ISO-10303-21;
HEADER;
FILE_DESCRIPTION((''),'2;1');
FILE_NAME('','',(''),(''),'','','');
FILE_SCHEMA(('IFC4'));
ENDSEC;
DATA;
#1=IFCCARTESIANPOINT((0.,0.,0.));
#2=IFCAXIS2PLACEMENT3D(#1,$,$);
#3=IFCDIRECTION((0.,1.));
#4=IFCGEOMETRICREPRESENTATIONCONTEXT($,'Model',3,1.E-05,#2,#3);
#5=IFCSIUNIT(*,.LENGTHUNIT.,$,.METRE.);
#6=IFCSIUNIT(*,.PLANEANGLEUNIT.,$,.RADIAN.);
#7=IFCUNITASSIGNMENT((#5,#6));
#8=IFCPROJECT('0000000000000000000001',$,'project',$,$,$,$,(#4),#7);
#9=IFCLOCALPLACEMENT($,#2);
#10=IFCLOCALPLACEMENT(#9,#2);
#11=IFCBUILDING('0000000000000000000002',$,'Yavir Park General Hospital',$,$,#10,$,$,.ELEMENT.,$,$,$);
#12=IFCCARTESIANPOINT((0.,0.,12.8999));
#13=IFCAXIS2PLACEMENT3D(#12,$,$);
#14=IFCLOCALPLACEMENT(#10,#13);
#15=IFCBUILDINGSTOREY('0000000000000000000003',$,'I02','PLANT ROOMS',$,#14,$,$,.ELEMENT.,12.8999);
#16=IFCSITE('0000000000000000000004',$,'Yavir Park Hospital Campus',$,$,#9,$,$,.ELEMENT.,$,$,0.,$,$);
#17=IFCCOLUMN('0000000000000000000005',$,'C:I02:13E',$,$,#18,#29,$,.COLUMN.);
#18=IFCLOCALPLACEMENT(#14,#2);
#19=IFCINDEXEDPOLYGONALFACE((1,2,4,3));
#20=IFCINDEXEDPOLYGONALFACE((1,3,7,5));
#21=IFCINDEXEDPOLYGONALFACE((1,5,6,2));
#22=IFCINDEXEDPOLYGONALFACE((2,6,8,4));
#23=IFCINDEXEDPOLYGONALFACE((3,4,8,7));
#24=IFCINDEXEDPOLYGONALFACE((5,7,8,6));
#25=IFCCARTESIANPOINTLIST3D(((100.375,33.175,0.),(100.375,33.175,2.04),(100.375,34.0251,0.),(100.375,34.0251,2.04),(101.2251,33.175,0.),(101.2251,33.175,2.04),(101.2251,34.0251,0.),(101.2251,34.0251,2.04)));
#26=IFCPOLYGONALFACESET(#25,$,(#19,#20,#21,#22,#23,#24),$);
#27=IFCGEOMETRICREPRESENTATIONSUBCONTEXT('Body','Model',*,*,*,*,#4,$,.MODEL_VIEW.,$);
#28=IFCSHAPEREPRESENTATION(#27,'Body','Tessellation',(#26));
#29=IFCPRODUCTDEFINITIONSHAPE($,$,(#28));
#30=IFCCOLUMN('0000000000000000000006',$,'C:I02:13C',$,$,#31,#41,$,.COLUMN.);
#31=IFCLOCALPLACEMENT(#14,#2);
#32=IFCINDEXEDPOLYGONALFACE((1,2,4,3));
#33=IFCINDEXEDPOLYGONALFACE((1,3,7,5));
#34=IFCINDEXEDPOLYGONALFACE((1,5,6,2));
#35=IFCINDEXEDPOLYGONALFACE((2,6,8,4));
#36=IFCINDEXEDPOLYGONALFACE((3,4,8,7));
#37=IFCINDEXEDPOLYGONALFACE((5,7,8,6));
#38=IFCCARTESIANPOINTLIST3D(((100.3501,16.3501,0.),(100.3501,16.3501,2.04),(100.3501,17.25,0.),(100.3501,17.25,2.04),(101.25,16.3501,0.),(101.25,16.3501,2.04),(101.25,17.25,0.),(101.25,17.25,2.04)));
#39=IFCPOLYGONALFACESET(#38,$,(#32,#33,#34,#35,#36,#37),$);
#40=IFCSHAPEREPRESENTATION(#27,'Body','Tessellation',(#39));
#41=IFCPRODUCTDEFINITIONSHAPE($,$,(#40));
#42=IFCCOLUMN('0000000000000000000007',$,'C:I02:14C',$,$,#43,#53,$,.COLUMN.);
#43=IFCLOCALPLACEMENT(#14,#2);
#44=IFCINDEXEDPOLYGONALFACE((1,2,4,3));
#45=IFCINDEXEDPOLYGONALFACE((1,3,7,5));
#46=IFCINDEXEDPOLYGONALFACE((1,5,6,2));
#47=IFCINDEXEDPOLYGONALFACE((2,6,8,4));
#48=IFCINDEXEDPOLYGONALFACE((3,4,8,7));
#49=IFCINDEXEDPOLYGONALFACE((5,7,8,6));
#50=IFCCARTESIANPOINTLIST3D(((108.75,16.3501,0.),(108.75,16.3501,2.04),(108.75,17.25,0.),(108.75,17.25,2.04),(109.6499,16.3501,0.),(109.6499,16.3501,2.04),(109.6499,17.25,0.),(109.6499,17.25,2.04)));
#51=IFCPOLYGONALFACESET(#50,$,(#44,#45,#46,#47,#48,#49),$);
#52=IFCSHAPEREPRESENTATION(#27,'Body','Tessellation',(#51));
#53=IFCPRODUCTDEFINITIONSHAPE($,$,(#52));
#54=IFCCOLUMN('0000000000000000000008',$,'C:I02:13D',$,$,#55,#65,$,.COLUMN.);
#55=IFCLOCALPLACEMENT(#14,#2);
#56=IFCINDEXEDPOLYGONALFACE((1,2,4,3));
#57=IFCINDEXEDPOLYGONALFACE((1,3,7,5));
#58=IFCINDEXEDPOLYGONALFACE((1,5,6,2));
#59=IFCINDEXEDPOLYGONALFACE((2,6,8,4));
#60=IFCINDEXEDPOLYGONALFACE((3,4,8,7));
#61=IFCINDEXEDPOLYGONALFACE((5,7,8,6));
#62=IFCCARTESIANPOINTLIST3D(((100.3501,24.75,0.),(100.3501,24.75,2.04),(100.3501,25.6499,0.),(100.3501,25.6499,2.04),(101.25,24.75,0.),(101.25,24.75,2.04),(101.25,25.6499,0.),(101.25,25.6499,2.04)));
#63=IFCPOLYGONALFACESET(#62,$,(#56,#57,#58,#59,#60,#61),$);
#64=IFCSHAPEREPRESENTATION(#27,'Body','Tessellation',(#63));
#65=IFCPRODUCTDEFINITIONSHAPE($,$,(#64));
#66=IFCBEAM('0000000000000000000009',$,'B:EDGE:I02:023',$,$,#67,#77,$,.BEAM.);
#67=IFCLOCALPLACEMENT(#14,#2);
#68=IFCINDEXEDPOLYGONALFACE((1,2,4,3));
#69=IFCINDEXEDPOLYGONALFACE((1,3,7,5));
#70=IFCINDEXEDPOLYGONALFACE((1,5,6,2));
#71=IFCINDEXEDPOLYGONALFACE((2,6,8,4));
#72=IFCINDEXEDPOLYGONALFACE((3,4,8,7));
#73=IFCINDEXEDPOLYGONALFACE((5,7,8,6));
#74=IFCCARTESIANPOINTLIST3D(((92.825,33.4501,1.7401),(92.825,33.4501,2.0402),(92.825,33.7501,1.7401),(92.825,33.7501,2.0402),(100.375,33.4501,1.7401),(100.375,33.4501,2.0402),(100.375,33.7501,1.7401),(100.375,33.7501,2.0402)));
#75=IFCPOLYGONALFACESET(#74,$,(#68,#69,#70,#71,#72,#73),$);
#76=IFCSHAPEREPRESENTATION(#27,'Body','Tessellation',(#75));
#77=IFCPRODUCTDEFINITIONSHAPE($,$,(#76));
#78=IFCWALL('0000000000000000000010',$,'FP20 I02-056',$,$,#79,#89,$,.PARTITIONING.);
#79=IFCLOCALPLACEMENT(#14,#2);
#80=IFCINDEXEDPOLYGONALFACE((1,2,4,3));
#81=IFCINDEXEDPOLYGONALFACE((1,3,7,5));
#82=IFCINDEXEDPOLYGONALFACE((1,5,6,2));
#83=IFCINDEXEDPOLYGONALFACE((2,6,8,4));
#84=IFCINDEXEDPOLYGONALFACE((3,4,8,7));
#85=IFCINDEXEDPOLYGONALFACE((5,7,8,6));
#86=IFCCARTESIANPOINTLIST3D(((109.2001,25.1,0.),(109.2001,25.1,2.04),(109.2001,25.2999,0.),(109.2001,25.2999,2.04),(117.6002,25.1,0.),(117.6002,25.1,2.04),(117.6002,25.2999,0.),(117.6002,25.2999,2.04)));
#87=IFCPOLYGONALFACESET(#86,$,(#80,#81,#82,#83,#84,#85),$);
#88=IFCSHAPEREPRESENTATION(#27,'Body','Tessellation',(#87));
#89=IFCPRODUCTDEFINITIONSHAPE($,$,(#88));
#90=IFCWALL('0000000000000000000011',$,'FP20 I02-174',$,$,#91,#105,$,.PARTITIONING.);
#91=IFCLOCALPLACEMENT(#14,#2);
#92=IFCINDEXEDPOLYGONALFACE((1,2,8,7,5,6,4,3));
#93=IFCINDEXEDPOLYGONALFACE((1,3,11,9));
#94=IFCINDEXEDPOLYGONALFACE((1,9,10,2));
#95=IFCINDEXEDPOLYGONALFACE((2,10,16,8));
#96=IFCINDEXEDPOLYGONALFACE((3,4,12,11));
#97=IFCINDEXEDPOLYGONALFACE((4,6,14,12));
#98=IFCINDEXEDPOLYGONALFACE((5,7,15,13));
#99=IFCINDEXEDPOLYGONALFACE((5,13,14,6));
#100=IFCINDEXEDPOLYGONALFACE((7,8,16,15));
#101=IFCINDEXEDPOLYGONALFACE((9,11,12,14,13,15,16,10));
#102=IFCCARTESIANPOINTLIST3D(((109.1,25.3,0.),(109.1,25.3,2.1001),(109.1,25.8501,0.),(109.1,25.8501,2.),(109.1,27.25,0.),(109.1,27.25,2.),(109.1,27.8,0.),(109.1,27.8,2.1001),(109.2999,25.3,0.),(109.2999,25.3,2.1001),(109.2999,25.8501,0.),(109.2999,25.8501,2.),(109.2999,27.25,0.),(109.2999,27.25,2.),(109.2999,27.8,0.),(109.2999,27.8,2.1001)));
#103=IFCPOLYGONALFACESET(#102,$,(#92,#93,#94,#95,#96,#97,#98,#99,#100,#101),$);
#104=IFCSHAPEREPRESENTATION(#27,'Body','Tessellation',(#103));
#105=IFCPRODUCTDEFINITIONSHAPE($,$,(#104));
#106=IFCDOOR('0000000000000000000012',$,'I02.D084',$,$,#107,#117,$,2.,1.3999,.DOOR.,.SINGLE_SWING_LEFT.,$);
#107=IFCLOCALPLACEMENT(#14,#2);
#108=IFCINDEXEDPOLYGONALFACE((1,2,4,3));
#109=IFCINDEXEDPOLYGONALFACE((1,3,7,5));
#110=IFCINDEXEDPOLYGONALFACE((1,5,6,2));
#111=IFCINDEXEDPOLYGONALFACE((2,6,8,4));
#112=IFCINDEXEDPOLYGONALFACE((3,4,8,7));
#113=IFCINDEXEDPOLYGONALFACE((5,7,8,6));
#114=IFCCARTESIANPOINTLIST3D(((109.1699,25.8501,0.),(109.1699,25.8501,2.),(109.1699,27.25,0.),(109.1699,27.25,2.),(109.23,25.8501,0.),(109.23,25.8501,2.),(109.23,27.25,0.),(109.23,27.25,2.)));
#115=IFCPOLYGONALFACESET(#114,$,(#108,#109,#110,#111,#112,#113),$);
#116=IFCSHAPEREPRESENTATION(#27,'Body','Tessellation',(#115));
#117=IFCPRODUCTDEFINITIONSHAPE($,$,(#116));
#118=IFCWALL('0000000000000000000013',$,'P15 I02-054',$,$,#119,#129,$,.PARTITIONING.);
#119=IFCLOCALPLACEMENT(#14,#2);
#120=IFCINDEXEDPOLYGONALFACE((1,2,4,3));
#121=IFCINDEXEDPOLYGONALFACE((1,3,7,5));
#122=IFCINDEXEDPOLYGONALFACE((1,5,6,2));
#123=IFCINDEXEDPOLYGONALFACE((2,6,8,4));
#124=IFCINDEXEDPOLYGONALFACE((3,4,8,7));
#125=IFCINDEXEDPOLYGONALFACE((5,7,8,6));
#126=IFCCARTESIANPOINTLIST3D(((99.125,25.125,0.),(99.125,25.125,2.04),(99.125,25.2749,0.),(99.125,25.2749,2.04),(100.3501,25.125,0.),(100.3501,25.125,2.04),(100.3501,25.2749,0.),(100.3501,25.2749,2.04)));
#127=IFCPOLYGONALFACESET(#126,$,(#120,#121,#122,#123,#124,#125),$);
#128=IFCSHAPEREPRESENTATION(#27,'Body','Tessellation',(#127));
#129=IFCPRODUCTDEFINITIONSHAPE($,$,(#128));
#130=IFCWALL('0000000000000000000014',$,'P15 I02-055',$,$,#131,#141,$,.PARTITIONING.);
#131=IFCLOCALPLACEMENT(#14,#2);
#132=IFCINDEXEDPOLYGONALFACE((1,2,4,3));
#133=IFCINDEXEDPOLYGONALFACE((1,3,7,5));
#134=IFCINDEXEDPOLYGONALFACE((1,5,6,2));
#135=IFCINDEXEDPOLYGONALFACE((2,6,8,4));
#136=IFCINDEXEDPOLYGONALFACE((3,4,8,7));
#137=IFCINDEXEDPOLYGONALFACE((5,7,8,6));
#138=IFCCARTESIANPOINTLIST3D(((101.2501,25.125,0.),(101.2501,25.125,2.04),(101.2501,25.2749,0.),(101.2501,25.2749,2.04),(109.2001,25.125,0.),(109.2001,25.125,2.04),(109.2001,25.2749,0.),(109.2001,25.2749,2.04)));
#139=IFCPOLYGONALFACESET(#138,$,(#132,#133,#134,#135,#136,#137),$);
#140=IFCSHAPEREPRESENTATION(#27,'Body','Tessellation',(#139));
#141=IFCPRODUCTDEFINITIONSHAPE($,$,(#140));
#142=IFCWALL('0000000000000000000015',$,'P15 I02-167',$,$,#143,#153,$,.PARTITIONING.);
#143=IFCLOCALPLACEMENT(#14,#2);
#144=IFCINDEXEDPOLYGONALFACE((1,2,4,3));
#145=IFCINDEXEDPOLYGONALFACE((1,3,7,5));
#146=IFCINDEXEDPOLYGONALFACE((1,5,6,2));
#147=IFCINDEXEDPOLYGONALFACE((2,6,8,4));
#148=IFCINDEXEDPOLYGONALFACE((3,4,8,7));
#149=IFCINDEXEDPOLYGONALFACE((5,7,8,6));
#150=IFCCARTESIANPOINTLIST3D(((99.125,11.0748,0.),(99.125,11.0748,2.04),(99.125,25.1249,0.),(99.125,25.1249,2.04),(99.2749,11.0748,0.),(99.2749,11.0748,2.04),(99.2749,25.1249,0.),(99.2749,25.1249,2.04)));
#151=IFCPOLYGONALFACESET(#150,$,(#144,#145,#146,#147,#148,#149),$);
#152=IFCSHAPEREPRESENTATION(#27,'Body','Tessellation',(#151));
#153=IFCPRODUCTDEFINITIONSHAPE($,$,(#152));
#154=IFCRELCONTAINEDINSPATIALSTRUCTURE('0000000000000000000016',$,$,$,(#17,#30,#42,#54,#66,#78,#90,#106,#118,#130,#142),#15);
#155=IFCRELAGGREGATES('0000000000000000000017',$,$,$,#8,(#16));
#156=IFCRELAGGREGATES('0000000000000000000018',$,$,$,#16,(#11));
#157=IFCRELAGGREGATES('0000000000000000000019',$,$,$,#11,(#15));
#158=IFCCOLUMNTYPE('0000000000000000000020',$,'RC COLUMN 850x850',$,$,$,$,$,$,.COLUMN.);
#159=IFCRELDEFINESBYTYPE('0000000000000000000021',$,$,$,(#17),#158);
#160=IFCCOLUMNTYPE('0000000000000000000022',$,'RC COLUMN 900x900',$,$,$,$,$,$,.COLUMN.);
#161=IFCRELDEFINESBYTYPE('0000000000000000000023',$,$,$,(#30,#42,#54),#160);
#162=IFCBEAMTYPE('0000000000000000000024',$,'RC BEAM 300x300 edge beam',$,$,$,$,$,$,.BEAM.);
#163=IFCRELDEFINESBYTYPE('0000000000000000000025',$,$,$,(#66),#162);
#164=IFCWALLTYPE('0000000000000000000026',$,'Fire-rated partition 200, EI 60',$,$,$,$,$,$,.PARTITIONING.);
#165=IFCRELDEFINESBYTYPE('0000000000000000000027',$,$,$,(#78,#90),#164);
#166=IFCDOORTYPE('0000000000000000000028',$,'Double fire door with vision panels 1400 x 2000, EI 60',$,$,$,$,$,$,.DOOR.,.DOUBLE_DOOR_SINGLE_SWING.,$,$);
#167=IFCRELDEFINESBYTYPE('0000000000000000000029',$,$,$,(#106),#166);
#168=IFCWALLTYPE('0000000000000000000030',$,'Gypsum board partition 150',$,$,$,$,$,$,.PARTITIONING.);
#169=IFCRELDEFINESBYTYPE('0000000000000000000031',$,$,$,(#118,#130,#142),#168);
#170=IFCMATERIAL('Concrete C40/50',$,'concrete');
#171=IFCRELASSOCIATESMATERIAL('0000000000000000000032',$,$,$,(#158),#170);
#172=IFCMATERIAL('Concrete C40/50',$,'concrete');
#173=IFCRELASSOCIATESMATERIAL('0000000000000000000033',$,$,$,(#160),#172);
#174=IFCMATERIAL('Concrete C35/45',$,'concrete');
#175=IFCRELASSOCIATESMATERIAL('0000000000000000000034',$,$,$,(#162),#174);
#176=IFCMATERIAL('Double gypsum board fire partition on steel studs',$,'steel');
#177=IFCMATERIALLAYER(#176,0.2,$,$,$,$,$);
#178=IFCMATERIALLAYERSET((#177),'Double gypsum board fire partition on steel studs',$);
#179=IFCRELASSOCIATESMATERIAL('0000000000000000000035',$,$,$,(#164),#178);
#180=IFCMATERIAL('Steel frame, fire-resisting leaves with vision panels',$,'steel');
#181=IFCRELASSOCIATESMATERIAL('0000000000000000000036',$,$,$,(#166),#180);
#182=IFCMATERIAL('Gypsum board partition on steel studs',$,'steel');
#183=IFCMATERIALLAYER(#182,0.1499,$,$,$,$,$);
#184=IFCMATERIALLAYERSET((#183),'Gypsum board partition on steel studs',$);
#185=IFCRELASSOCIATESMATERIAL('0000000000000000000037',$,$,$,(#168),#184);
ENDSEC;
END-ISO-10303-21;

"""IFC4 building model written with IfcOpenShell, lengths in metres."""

from ifc_helpers import new_model, si_unit, direction, frame, frame_2d, origin, origin_2d, place, context, subcontext, project, spatial, rectangle, extrude, material, layer, layer_set, material_profile, profile_set, type_object, element, fill, save


model = new_model("IFC4")

# Units and contexts
model_context = context("Model", 3, precision=1e-05, world=origin(), true_north=direction((0.0, 1.0)))
body_context = subcontext(model_context, "Body", "Model", "MODEL_VIEW")
ifc_project = project(units=[si_unit("LENGTHUNIT", "METRE"), si_unit("PLANEANGLEUNIT", "RADIAN")], contexts=[model_context])

# Site, building, storey
site_placement = place(None, origin())
site = spatial("IfcSite", under=ifc_project, at=site_placement, Name="Yavir Park Hospital Campus", CompositionType="ELEMENT", RefElevation=0.0)
building_placement = place(site_placement, origin())
building = spatial("IfcBuilding", under=site, at=building_placement, Name="Yavir Park General Hospital", CompositionType="ELEMENT")
storey_placement = place(building_placement, frame((0.0, 0.0, 12.8999)))
storey = spatial("IfcBuildingStorey", under=building, at=storey_placement, Name="I02", Description="PLANT ROOMS", CompositionType="ELEMENT", Elevation=12.8999)

# Columns
ifc_material_1 = material(Name="Concrete C40/50", Category="concrete")
ifc_material_profile_1 = material_profile(ifc_material_1, rectangle(XDim=0.8501, YDim=0.8501, at=origin_2d()), Name="RC850x850")
ifc_profile_set_1 = profile_set([ifc_material_profile_1], Name="Concrete C40/50")
column_type_1 = type_object("IfcColumnType", Name="RC COLUMN 850x850", PredefinedType="COLUMN", material=ifc_profile_set_1)
column_placement = place(storey_placement, frame((100.8, 33.6001, 0.0), z_axis=(0.0, 0.0, 1.0), x_axis=(1.0, 0.0, 0.0)))
element("IfcColumn", 1, at=column_placement, inside=storey, type_object=column_type_1, Name="C:I02:13E", PredefinedType="COLUMN", context=body_context, shape_type="SweptSolid", body=[
    extrude(rectangle(XDim=0.8501, YDim=0.8501, at=origin_2d()), origin(), (0.0, 0.0, 1.0), 2.04),
])
ifc_material_2 = material(Name="Concrete C40/50", Category="concrete")
ifc_material_profile_2 = material_profile(ifc_material_2, rectangle(XDim=0.8999, YDim=0.8999, at=origin_2d()), Name="RC900x900")
ifc_profile_set_2 = profile_set([ifc_material_profile_2], Name="Concrete C40/50")
column_type_2 = type_object("IfcColumnType", Name="RC COLUMN 900x900", PredefinedType="COLUMN", material=ifc_profile_set_2)
for number, where, z_axis, x_axis, name in (
    (2, (100.8, 16.8, 0.0), (0.0, 0.0, 1.0), (1.0, 0.0, 0.0), "C:I02:13C"),
    (3, (109.2, 16.8, 0.0), (0.0, 0.0, 1.0), (1.0, 0.0, 0.0), "C:I02:14C"),
    (4, (100.8, 25.2, 0.0), (0.0, 0.0, 1.0), (1.0, 0.0, 0.0), "C:I02:13D"),
):
    element("IfcColumn", number, at=place(storey_placement, frame(where, z_axis=z_axis, x_axis=x_axis)), inside=storey, type_object=column_type_2, Name=name, PredefinedType="COLUMN", context=body_context, shape_type="SweptSolid", body=[
        extrude(rectangle(XDim=0.8999, YDim=0.8999, at=origin_2d()), origin(), (0.0, 0.0, 1.0), 2.04),
    ])

# Beam
ifc_material_3 = material(Name="Concrete C35/45", Category="concrete")
ifc_material_profile_3 = material_profile(ifc_material_3, rectangle(XDim=0.3, YDim=0.3, at=origin_2d()), Name="RC300x300")
ifc_profile_set_3 = profile_set([ifc_material_profile_3], Name="Concrete C35/45")
beam_type = type_object("IfcBeamType", Name="RC BEAM 300x300 edge beam", PredefinedType="BEAM", material=ifc_profile_set_3)
beam_placement = place(storey_placement, frame((92.825, 33.6001, 1.8901), z_axis=(1.0, 0.0, 0.0), x_axis=(0.0, 1.0, 0.0)))
element("IfcBeam", 5, at=beam_placement, inside=storey, type_object=beam_type, Name="B:EDGE:I02:023", PredefinedType="BEAM", context=body_context, shape_type="SweptSolid", body=[
    extrude(rectangle(XDim=0.3, YDim=0.3, at=origin_2d()), origin(), (0.0, 0.0, 1.0), 7.55),
])

# Wall
ifc_material_4 = material(Name="Double gypsum board fire partition on steel studs", Category="steel")
ifc_layer_1 = layer(ifc_material_4, 0.2)
ifc_layer_set_1 = layer_set([ifc_layer_1], Name="Double gypsum board fire partition on steel studs")
wall_type_1 = type_object("IfcWallType", Name="Fire-rated partition 200, EI 60", PredefinedType="PARTITIONING", material=ifc_layer_set_1)
wall_1_placement = place(storey_placement, frame((109.2, 25.2, 0.0), z_axis=(0.0, 0.0, 1.0), x_axis=(1.0, 0.0, 0.0)))
element("IfcWall", 6, at=wall_1_placement, inside=storey, type_object=wall_type_1, Name="FP20 I02-056", PredefinedType="PARTITIONING", context=body_context, shape_type="SweptSolid", body=[
    extrude(rectangle(XDim=8.4001, YDim=0.2, at=frame_2d((4.2002, 0.0))), origin(), (0.0, 0.0, 1.0), 2.04),
])

# Wall, opening, door
wall_2_placement = place(storey_placement, frame((109.2, 25.3, 0.0), z_axis=(0.0, 0.0, 1.0), x_axis=(0.0, 1.0, 0.0)))
wall_2 = element("IfcWall", 7, at=wall_2_placement, inside=storey, type_object=wall_type_1, Name="FP20 I02-174", PredefinedType="PARTITIONING", context=body_context, shape_type="SweptSolid", body=[
    extrude(rectangle(XDim=2.5, YDim=0.2, at=frame_2d((1.25, 0.0))), origin(), (0.0, 0.0, 1.0), 2.1001),
])
opening_1_placement = place(wall_2_placement, frame((0.55, 0.0, 0.0)))
opening_1 = element("IfcOpeningElement", 8, at=opening_1_placement, cuts=wall_2, PredefinedType="OPENING", context=body_context, shape_type="SweptSolid", body=[
    extrude(rectangle(XDim=1.3999, YDim=2.0, at=frame_2d((0.7, 1.0))), frame((0.0, 0.1099, 0.0), z_axis=(0.0, -1.0, 0.0), x_axis=(1.0, 0.0, 0.0)), (0.0, 0.0, 1.0), 0.22),
])
ifc_material_5 = material(Name="Steel frame, fire-resisting leaves with vision panels", Category="steel")
door_type_1 = type_object("IfcDoorType", Name="Double fire door with vision panels 1400 x 2000, EI 60", OperationType="DOUBLE_DOOR_SINGLE_SWING", PredefinedType="DOOR", material=ifc_material_5)
door_1_placement = place(opening_1_placement, origin())
door_1 = element("IfcDoor", 9, at=door_1_placement, inside=storey, type_object=door_type_1, Name="I02.D084", OperationType="SINGLE_SWING_LEFT", OverallHeight=2.0, OverallWidth=1.3999, PredefinedType="DOOR", context=body_context, shape_type="SweptSolid", body=[
    extrude(rectangle(XDim=1.3999, YDim=2.0, at=frame_2d((0.7, 1.0))), frame((0.0, 0.03, 0.0), z_axis=(0.0, -1.0, 0.0), x_axis=(1.0, 0.0, 0.0)), (0.0, 0.0, 1.0), 0.0601),
])
fill(opening_1, door_1)

# Walls
ifc_material_6 = material(Name="Gypsum board partition on steel studs", Category="steel")
ifc_layer_2 = layer(ifc_material_6, 0.1499)
ifc_layer_set_2 = layer_set([ifc_layer_2], Name="Gypsum board partition on steel studs")
wall_type_2 = type_object("IfcWallType", Name="Gypsum board partition 150", PredefinedType="PARTITIONING", material=ifc_layer_set_2)
wall_3_placement = place(storey_placement, frame((99.125, 25.2, 0.0), z_axis=(0.0, 0.0, 1.0), x_axis=(1.0, 0.0, 0.0)))
element("IfcWall", 10, at=wall_3_placement, inside=storey, type_object=wall_type_2, Name="P15 I02-054", PredefinedType="PARTITIONING", context=body_context, shape_type="SweptSolid", body=[
    extrude(rectangle(XDim=1.2251, YDim=0.1499, at=frame_2d((0.6125, 0.0))), origin(), (0.0, 0.0, 1.0), 2.04),
])
wall_4_placement = place(storey_placement, frame((101.25, 25.2, 0.0), z_axis=(0.0, 0.0, 1.0), x_axis=(1.0, 0.0, 0.0)))
element("IfcWall", 11, at=wall_4_placement, inside=storey, type_object=wall_type_2, Name="P15 I02-055", PredefinedType="PARTITIONING", context=body_context, shape_type="SweptSolid", body=[
    extrude(rectangle(XDim=7.95, YDim=0.1499, at=frame_2d((3.9751, 0.0))), origin(), (0.0, 0.0, 1.0), 2.04),
])
wall_5_placement = place(storey_placement, frame((99.2, 11.075, 0.0), z_axis=(0.0, 0.0, 1.0), x_axis=(0.0, 1.0, 0.0)))
element("IfcWall", 12, at=wall_5_placement, inside=storey, type_object=wall_type_2, Name="P15 I02-167", PredefinedType="PARTITIONING", context=body_context, shape_type="SweptSolid", body=[
    extrude(rectangle(XDim=14.05, YDim=0.1499, at=frame_2d((7.0249, 0.0))), origin(), (0.0, 0.0, 1.0), 2.04),
])

save(model, "model.ifc")
